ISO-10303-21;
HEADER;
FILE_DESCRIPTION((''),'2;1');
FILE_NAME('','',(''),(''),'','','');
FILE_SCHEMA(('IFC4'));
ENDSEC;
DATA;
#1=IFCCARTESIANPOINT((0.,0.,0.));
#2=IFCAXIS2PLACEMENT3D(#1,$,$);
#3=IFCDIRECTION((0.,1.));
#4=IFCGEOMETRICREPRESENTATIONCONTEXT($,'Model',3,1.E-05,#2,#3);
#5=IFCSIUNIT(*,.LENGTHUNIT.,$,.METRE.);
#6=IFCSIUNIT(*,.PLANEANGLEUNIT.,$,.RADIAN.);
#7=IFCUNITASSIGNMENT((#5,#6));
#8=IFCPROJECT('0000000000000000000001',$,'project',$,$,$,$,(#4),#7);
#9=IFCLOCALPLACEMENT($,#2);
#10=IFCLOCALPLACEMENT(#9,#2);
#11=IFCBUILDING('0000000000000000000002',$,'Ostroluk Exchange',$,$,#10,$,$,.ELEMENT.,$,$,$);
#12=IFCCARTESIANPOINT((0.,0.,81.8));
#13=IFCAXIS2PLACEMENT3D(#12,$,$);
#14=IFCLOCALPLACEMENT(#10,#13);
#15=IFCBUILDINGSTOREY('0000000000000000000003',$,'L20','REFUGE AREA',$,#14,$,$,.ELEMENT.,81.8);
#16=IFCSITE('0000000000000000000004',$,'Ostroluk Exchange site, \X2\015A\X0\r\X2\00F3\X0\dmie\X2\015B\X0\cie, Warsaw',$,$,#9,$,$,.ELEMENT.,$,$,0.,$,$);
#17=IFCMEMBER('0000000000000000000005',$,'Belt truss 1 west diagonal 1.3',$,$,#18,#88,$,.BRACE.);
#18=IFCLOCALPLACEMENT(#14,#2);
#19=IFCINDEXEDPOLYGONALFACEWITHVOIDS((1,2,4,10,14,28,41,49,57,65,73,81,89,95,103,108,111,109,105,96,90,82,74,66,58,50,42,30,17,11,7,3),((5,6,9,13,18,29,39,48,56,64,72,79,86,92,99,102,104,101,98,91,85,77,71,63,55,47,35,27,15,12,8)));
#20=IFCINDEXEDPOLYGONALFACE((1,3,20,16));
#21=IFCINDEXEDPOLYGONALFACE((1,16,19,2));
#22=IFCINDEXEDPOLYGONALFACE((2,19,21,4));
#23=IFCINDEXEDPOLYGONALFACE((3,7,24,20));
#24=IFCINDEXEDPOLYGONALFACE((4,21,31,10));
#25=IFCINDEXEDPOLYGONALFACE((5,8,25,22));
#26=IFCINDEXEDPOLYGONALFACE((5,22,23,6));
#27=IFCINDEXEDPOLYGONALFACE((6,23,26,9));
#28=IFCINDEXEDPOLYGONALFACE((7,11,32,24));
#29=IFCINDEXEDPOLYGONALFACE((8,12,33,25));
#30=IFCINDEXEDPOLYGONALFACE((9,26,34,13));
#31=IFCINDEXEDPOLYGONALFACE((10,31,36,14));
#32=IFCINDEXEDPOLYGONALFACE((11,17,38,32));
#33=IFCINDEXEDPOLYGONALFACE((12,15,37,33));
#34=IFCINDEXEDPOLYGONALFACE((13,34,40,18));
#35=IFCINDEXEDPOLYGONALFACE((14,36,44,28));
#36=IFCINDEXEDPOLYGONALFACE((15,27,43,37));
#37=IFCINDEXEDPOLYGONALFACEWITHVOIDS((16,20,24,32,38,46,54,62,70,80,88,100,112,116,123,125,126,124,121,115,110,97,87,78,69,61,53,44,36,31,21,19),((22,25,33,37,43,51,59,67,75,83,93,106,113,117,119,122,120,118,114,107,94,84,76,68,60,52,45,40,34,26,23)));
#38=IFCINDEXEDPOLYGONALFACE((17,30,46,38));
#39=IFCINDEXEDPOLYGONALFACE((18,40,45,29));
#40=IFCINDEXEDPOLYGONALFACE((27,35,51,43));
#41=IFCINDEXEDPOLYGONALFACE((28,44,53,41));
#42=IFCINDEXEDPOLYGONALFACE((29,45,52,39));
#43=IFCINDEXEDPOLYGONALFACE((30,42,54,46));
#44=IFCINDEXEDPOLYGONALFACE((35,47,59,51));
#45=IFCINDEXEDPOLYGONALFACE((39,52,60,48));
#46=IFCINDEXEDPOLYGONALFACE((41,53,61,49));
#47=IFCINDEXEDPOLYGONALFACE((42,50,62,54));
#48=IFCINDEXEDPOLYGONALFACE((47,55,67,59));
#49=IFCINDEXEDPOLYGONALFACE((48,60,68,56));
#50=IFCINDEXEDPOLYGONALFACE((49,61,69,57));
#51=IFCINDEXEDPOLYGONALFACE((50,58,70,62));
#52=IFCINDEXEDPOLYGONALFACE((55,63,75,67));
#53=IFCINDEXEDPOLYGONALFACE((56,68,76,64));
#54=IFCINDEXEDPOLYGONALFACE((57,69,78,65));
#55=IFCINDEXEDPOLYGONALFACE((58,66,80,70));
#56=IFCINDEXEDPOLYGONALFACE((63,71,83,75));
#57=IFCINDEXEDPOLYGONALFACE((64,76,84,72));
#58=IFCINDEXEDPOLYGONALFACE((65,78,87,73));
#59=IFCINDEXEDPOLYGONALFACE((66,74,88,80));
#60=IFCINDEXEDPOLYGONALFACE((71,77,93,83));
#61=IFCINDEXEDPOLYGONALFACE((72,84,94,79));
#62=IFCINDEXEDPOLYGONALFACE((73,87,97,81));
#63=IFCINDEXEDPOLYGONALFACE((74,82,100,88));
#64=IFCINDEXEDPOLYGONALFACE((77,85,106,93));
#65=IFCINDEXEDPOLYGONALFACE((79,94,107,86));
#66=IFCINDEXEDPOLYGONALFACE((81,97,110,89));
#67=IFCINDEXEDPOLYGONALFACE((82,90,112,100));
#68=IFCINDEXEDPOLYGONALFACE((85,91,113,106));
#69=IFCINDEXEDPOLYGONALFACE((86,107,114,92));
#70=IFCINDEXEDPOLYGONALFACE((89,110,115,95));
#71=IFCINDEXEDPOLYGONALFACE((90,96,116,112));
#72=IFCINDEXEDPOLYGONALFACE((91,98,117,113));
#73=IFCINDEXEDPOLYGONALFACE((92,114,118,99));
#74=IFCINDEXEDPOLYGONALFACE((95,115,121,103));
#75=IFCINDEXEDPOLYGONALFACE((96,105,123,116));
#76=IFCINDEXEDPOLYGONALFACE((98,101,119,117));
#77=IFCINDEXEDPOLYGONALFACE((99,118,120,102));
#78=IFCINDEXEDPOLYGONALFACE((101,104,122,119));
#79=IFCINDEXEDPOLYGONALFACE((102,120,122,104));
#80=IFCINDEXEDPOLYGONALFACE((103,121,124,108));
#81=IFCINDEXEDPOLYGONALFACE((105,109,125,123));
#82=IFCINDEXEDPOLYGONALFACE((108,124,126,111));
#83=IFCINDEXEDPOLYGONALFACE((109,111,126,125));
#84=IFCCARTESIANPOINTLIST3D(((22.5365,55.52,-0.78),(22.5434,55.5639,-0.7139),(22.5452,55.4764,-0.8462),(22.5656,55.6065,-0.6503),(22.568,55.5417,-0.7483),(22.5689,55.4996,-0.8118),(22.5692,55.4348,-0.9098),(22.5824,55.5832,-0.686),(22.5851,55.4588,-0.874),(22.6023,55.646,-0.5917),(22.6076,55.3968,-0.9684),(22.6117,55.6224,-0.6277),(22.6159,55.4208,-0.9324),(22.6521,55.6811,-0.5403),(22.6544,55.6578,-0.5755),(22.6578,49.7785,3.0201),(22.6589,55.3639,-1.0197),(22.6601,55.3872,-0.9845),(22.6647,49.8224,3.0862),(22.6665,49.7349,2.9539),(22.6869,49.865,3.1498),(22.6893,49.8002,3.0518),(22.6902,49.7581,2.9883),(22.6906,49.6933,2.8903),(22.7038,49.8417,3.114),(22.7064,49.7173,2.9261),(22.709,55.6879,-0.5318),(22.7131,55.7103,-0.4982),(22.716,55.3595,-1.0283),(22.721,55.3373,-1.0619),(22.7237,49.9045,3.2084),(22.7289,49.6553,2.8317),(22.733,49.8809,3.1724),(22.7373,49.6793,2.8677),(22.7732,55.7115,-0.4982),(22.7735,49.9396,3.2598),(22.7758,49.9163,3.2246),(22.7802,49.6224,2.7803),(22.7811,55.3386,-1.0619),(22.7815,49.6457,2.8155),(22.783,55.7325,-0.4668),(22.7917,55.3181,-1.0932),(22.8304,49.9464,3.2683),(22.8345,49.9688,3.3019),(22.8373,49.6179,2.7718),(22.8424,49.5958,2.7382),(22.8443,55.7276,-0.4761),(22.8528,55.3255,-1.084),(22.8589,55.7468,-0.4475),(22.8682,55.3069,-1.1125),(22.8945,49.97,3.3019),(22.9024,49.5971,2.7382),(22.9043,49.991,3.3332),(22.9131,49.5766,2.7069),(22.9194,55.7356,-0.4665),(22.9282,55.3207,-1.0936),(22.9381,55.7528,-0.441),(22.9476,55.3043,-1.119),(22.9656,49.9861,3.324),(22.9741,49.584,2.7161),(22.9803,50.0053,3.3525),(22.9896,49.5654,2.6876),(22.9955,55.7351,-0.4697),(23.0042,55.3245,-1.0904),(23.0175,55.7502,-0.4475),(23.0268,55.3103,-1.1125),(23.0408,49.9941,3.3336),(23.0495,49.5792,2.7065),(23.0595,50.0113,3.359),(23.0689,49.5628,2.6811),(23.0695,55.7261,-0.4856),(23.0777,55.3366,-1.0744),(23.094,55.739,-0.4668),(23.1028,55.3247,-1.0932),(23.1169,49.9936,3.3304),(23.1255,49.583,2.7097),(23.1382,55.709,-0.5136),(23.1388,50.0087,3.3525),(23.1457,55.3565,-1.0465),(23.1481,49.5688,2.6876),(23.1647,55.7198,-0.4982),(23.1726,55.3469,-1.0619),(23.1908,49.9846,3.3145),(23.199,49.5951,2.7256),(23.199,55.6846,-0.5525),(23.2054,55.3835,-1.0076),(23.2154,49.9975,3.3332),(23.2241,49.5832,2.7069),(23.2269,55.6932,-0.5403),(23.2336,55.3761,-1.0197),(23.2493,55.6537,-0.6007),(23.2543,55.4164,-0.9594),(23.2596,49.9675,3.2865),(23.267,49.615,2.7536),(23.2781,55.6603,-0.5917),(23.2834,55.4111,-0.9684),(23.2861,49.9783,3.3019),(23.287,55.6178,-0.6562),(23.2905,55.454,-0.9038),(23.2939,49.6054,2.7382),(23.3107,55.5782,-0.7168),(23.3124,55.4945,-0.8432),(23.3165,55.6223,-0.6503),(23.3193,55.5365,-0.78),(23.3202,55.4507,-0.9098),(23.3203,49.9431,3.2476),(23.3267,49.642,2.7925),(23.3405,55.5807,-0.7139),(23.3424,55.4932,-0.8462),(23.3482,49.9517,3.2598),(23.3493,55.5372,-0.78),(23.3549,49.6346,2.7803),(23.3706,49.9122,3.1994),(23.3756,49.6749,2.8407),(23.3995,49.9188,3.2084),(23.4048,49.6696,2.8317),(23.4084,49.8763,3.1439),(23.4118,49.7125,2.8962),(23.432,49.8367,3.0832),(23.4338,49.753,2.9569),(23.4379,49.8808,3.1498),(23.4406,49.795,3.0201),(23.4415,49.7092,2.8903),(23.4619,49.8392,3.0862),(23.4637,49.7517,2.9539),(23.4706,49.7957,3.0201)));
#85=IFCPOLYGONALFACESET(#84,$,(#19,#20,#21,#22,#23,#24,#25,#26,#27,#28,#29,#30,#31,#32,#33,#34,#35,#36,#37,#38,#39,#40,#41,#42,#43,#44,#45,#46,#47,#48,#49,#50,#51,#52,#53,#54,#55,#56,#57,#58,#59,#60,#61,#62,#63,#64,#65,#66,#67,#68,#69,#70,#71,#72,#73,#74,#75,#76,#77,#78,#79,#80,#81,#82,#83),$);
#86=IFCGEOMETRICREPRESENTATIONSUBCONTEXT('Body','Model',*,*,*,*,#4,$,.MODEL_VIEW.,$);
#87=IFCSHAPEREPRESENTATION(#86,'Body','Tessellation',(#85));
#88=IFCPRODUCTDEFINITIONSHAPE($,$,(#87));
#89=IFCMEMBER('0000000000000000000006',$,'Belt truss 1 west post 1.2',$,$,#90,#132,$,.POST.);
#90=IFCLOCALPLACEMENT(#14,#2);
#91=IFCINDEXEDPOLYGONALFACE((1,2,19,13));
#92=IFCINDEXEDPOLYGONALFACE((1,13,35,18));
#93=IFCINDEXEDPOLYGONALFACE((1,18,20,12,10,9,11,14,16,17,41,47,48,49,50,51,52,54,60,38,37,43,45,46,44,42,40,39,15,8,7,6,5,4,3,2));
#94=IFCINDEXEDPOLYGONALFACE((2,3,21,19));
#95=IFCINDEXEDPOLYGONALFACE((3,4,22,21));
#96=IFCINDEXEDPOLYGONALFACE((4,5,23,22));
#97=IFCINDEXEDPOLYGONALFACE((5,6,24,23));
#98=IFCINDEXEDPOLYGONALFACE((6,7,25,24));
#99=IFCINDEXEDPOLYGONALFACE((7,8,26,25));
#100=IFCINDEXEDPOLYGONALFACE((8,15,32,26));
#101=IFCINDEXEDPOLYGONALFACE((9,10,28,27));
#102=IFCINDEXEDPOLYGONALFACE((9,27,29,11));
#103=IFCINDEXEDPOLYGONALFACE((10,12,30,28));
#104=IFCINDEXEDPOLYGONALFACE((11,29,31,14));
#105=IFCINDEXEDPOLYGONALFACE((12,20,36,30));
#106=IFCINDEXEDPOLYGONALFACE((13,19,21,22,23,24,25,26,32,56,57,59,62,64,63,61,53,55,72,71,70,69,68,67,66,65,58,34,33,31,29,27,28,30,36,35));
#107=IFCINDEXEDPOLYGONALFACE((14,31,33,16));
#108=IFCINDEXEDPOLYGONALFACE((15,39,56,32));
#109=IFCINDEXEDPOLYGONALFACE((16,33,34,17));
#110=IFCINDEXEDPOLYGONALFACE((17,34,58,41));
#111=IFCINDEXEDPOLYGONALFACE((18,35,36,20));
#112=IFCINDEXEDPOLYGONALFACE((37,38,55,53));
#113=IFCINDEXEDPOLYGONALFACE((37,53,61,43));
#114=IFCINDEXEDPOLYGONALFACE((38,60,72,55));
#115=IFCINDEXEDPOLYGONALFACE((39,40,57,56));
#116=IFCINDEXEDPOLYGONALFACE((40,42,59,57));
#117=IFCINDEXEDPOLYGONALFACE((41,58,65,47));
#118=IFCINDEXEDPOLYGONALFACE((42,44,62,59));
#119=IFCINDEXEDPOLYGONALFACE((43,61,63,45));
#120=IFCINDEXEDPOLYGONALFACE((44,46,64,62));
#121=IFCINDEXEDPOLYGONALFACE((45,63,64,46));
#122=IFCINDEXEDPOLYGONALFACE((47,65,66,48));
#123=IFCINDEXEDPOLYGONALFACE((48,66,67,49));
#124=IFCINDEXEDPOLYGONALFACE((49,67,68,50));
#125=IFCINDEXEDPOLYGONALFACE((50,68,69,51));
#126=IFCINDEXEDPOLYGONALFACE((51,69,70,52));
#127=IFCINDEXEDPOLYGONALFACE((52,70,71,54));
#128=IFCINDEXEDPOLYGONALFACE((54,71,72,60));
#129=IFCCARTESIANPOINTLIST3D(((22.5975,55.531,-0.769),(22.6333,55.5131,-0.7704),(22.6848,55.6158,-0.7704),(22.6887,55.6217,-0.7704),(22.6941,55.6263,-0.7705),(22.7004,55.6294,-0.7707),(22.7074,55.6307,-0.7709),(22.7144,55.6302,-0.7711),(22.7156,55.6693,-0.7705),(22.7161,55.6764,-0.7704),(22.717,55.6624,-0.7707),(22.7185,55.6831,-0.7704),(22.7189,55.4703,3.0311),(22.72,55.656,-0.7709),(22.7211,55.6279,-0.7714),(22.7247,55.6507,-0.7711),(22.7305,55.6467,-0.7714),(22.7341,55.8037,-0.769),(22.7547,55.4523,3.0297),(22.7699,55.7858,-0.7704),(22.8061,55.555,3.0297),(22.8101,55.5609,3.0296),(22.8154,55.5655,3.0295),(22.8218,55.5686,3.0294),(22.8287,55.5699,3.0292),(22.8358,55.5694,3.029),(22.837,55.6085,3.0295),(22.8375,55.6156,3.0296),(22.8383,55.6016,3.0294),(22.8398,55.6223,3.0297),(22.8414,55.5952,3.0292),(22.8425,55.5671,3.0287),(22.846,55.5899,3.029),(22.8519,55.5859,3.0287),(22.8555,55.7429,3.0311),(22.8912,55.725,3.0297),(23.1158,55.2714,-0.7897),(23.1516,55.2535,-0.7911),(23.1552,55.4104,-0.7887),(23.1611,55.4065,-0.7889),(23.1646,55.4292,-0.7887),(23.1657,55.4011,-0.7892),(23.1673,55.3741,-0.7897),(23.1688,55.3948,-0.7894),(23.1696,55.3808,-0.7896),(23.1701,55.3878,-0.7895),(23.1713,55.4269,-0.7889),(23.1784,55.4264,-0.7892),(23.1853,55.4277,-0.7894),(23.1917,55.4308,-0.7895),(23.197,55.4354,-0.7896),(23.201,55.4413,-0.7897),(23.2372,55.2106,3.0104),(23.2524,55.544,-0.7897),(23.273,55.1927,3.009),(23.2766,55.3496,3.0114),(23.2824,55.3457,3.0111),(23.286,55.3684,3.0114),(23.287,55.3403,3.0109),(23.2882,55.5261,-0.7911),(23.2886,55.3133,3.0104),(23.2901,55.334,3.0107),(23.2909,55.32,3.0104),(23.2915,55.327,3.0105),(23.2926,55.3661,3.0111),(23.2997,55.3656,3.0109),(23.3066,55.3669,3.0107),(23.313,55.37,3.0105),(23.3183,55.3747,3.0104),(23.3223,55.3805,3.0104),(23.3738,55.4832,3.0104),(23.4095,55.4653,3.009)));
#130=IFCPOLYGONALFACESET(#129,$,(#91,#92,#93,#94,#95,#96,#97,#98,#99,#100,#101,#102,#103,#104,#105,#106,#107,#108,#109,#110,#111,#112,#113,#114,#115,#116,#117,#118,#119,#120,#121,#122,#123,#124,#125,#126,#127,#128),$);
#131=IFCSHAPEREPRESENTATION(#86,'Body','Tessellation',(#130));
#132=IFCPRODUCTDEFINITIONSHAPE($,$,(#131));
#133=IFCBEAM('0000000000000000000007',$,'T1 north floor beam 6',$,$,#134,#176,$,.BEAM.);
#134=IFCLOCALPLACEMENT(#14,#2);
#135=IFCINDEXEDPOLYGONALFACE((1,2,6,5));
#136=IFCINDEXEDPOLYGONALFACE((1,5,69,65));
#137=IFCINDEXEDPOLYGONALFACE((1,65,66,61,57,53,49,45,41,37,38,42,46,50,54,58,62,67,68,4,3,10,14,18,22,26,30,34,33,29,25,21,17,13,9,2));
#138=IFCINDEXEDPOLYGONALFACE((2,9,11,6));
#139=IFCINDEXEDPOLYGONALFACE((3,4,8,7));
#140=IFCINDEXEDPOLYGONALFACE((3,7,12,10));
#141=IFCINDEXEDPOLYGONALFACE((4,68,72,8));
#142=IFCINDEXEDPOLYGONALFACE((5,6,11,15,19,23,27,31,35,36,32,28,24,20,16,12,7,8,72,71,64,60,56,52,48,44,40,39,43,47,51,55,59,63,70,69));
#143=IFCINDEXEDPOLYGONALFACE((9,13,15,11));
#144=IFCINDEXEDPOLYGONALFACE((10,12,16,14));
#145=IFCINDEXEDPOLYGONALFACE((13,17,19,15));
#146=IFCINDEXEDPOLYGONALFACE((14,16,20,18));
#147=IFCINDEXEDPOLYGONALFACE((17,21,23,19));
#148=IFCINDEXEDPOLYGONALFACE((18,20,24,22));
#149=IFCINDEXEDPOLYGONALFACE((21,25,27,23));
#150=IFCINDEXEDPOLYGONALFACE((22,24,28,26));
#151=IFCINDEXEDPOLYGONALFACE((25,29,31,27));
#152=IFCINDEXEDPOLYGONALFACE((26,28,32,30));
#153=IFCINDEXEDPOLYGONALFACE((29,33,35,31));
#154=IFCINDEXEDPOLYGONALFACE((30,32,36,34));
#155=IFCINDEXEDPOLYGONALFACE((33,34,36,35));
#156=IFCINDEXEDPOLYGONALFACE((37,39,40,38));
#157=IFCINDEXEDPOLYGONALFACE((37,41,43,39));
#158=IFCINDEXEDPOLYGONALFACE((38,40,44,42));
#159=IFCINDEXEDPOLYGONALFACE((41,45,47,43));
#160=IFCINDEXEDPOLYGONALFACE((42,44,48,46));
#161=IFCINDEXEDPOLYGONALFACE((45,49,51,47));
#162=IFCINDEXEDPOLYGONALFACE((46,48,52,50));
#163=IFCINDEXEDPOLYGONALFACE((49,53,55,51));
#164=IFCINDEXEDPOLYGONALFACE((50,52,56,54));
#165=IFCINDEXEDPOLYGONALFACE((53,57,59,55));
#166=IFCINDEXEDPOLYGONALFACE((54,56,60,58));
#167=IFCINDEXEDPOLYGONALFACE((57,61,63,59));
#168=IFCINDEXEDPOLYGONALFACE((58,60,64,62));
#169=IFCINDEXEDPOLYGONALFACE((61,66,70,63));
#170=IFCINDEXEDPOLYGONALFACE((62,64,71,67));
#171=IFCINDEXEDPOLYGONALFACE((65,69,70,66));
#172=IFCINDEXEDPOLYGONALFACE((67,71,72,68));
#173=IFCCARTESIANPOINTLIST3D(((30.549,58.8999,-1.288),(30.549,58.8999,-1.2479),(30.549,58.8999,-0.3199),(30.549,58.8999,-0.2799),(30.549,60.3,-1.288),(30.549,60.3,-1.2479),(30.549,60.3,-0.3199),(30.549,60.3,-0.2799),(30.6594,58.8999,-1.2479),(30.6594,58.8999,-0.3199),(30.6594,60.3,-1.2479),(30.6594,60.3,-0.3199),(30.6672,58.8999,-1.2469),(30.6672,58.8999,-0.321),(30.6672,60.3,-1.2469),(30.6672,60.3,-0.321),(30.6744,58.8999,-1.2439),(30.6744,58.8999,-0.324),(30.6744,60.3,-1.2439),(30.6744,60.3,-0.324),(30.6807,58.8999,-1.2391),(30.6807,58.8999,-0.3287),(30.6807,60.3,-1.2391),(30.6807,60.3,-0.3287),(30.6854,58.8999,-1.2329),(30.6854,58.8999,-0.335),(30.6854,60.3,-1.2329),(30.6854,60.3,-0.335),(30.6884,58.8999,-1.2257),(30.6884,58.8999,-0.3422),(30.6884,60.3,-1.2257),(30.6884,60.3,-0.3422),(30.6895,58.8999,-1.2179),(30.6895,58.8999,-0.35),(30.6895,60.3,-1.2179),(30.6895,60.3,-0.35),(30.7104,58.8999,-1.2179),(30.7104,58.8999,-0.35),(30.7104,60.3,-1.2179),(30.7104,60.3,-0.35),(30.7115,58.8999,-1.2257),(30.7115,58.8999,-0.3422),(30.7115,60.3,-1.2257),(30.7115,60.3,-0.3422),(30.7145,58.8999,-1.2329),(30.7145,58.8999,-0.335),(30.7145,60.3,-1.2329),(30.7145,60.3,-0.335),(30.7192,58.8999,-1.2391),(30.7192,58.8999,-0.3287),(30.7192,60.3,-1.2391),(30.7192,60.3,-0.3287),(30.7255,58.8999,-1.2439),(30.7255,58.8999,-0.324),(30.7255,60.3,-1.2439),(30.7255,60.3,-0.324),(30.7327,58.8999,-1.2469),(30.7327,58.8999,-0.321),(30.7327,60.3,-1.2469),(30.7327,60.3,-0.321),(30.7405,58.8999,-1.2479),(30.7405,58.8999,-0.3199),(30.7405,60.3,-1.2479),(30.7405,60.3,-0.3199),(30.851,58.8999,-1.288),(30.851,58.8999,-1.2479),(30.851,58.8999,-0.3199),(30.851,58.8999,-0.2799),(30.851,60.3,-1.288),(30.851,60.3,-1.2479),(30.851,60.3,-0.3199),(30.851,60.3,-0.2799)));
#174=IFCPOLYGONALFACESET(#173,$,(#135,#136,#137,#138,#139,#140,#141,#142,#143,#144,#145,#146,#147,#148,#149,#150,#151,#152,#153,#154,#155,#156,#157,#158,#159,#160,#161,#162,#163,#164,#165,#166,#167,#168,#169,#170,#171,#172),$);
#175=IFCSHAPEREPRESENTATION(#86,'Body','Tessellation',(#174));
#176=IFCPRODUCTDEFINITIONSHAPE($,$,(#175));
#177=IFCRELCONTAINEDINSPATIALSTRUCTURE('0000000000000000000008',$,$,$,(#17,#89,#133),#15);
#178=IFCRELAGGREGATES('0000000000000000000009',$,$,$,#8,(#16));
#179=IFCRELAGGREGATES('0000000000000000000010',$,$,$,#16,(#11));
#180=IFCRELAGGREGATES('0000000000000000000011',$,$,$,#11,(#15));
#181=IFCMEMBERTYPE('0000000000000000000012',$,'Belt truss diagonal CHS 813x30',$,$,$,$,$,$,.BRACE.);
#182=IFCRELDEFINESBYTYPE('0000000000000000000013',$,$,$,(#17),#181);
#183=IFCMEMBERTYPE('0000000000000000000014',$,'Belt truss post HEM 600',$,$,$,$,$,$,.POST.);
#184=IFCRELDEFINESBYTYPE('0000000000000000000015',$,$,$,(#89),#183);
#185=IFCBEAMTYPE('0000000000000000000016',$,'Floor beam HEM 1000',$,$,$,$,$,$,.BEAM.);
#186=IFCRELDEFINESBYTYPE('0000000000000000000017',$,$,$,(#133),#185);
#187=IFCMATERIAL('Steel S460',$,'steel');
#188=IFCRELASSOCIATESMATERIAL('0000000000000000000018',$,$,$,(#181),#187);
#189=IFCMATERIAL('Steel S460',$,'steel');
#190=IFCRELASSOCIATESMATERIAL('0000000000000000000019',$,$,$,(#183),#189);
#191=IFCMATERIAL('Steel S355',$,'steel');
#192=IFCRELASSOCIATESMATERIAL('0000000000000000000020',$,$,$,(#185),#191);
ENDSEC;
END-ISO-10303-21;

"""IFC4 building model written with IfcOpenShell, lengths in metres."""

from ifc_helpers import new_model, si_unit, direction, frame, origin, origin_2d, place, context, subcontext, project, spatial, hollow_circle, i_section, extrude, material, material_profile, profile_set, type_object, element, save


model = new_model("IFC4")

# Units and contexts
model_context = context("Model", 3, precision=1e-05, world=origin(), true_north=direction((0.0, 1.0)))
body_context = subcontext(model_context, "Body", "Model", "MODEL_VIEW")
ifc_project = project(units=[si_unit("LENGTHUNIT", "METRE"), si_unit("PLANEANGLEUNIT", "RADIAN")], contexts=[model_context])

# Site, building, storey
site_placement = place(None, origin())
site = spatial("IfcSite", under=ifc_project, at=site_placement, Name="Ostroluk Exchange site, Śródmieście, Warsaw", CompositionType="ELEMENT", RefElevation=0.0)
building_placement = place(site_placement, origin())
building = spatial("IfcBuilding", under=site, at=building_placement, Name="Ostroluk Exchange", CompositionType="ELEMENT")
storey_placement = place(building_placement, frame((0.0, 0.0, 81.8)))
storey = spatial("IfcBuildingStorey", under=building, at=storey_placement, Name="L20", Description="REFUGE AREA", CompositionType="ELEMENT", Elevation=81.8)

# Members
ifc_material_1 = material(Name="Steel S460", Category="steel")
ifc_material_profile_1 = material_profile(ifc_material_1, hollow_circle(Radius=0.4065, WallThickness=0.03, at=origin_2d()), Name="CHS 813x30")
ifc_profile_set_1 = profile_set([ifc_material_profile_1], Name="Steel S460")
member_type_1 = type_object("IfcMemberType", Name="Belt truss diagonal CHS 813x30", PredefinedType="BRACE", material=ifc_profile_set_1)
member_1_placement = place(storey_placement, frame((22.9429, 55.5286, -0.78), z_axis=(0.017621, -0.833766, 0.551837), x_axis=(0.999777, 0.021129, 0.0)))
element("IfcMember", 1, at=member_1_placement, inside=storey, type_object=member_type_1, Name="Belt truss 1 west diagonal 1.3", PredefinedType="BRACE", context=body_context, shape_type="SweptSolid", body=[
    extrude(hollow_circle(Radius=0.4065, WallThickness=0.03, at=origin_2d()), origin(), (0.0, 0.0, 1.0), 6.8862),
])
ifc_material_2 = material(Name="Steel S460", Category="steel")
ifc_material_profile_2 = material_profile(ifc_material_2, i_section(OverallWidth=0.3049, OverallDepth=0.6201, WebThickness=0.021, FlangeThickness=0.04, FilletRadius=0.0271, at=origin_2d()), Name="HEM 600")
ifc_profile_set_2 = profile_set([ifc_material_profile_2], Name="Steel S460")
member_type_2 = type_object("IfcMemberType", Name="Belt truss post HEM 600", PredefinedType="POST", material=ifc_profile_set_2)
member_2_placement = place(storey_placement, frame((22.9429, 55.5286, -0.78), z_axis=(0.03191, -0.015987, 0.999363), x_axis=(0.447933, 0.894067, 0.0)))
element("IfcMember", 2, at=member_2_placement, inside=storey, type_object=member_type_2, Name="Belt truss 1 west post 1.2", PredefinedType="POST", context=body_context, shape_type="SweptSolid", body=[
    extrude(i_section(OverallWidth=0.3049, OverallDepth=0.6201, WebThickness=0.021, FlangeThickness=0.04, FilletRadius=0.0271, at=origin_2d()), origin(), (0.0, 0.0, 1.0), 3.8025),
])

# Beam
ifc_material_3 = material(Name="Steel S355", Category="steel")
ifc_material_profile_3 = material_profile(ifc_material_3, i_section(OverallWidth=0.302, OverallDepth=1.0081, WebThickness=0.021, FlangeThickness=0.04, FilletRadius=0.03, at=origin_2d()), Name="HEM 1000")
ifc_profile_set_3 = profile_set([ifc_material_profile_3], Name="Steel S355")
beam_type_1 = type_object("IfcBeamType", Name="Floor beam HEM 1000", PredefinedType="BEAM", material=ifc_profile_set_3)
beam_1_placement = place(storey_placement, frame((30.7, 58.8999, -0.7839), z_axis=(0.0, 1.0, 0.0), x_axis=(-1.0, 0.0, 0.0)))
element("IfcBeam", 3, at=beam_1_placement, inside=storey, type_object=beam_type_1, Name="T1 north floor beam 6", PredefinedType="BEAM", context=body_context, shape_type="SweptSolid", body=[
    extrude(i_section(OverallWidth=0.302, OverallDepth=1.0081, WebThickness=0.021, FlangeThickness=0.04, FilletRadius=0.03, at=origin_2d()), origin(), (0.0, 0.0, 1.0), 1.4001),
])

save(model, "model.ifc")
